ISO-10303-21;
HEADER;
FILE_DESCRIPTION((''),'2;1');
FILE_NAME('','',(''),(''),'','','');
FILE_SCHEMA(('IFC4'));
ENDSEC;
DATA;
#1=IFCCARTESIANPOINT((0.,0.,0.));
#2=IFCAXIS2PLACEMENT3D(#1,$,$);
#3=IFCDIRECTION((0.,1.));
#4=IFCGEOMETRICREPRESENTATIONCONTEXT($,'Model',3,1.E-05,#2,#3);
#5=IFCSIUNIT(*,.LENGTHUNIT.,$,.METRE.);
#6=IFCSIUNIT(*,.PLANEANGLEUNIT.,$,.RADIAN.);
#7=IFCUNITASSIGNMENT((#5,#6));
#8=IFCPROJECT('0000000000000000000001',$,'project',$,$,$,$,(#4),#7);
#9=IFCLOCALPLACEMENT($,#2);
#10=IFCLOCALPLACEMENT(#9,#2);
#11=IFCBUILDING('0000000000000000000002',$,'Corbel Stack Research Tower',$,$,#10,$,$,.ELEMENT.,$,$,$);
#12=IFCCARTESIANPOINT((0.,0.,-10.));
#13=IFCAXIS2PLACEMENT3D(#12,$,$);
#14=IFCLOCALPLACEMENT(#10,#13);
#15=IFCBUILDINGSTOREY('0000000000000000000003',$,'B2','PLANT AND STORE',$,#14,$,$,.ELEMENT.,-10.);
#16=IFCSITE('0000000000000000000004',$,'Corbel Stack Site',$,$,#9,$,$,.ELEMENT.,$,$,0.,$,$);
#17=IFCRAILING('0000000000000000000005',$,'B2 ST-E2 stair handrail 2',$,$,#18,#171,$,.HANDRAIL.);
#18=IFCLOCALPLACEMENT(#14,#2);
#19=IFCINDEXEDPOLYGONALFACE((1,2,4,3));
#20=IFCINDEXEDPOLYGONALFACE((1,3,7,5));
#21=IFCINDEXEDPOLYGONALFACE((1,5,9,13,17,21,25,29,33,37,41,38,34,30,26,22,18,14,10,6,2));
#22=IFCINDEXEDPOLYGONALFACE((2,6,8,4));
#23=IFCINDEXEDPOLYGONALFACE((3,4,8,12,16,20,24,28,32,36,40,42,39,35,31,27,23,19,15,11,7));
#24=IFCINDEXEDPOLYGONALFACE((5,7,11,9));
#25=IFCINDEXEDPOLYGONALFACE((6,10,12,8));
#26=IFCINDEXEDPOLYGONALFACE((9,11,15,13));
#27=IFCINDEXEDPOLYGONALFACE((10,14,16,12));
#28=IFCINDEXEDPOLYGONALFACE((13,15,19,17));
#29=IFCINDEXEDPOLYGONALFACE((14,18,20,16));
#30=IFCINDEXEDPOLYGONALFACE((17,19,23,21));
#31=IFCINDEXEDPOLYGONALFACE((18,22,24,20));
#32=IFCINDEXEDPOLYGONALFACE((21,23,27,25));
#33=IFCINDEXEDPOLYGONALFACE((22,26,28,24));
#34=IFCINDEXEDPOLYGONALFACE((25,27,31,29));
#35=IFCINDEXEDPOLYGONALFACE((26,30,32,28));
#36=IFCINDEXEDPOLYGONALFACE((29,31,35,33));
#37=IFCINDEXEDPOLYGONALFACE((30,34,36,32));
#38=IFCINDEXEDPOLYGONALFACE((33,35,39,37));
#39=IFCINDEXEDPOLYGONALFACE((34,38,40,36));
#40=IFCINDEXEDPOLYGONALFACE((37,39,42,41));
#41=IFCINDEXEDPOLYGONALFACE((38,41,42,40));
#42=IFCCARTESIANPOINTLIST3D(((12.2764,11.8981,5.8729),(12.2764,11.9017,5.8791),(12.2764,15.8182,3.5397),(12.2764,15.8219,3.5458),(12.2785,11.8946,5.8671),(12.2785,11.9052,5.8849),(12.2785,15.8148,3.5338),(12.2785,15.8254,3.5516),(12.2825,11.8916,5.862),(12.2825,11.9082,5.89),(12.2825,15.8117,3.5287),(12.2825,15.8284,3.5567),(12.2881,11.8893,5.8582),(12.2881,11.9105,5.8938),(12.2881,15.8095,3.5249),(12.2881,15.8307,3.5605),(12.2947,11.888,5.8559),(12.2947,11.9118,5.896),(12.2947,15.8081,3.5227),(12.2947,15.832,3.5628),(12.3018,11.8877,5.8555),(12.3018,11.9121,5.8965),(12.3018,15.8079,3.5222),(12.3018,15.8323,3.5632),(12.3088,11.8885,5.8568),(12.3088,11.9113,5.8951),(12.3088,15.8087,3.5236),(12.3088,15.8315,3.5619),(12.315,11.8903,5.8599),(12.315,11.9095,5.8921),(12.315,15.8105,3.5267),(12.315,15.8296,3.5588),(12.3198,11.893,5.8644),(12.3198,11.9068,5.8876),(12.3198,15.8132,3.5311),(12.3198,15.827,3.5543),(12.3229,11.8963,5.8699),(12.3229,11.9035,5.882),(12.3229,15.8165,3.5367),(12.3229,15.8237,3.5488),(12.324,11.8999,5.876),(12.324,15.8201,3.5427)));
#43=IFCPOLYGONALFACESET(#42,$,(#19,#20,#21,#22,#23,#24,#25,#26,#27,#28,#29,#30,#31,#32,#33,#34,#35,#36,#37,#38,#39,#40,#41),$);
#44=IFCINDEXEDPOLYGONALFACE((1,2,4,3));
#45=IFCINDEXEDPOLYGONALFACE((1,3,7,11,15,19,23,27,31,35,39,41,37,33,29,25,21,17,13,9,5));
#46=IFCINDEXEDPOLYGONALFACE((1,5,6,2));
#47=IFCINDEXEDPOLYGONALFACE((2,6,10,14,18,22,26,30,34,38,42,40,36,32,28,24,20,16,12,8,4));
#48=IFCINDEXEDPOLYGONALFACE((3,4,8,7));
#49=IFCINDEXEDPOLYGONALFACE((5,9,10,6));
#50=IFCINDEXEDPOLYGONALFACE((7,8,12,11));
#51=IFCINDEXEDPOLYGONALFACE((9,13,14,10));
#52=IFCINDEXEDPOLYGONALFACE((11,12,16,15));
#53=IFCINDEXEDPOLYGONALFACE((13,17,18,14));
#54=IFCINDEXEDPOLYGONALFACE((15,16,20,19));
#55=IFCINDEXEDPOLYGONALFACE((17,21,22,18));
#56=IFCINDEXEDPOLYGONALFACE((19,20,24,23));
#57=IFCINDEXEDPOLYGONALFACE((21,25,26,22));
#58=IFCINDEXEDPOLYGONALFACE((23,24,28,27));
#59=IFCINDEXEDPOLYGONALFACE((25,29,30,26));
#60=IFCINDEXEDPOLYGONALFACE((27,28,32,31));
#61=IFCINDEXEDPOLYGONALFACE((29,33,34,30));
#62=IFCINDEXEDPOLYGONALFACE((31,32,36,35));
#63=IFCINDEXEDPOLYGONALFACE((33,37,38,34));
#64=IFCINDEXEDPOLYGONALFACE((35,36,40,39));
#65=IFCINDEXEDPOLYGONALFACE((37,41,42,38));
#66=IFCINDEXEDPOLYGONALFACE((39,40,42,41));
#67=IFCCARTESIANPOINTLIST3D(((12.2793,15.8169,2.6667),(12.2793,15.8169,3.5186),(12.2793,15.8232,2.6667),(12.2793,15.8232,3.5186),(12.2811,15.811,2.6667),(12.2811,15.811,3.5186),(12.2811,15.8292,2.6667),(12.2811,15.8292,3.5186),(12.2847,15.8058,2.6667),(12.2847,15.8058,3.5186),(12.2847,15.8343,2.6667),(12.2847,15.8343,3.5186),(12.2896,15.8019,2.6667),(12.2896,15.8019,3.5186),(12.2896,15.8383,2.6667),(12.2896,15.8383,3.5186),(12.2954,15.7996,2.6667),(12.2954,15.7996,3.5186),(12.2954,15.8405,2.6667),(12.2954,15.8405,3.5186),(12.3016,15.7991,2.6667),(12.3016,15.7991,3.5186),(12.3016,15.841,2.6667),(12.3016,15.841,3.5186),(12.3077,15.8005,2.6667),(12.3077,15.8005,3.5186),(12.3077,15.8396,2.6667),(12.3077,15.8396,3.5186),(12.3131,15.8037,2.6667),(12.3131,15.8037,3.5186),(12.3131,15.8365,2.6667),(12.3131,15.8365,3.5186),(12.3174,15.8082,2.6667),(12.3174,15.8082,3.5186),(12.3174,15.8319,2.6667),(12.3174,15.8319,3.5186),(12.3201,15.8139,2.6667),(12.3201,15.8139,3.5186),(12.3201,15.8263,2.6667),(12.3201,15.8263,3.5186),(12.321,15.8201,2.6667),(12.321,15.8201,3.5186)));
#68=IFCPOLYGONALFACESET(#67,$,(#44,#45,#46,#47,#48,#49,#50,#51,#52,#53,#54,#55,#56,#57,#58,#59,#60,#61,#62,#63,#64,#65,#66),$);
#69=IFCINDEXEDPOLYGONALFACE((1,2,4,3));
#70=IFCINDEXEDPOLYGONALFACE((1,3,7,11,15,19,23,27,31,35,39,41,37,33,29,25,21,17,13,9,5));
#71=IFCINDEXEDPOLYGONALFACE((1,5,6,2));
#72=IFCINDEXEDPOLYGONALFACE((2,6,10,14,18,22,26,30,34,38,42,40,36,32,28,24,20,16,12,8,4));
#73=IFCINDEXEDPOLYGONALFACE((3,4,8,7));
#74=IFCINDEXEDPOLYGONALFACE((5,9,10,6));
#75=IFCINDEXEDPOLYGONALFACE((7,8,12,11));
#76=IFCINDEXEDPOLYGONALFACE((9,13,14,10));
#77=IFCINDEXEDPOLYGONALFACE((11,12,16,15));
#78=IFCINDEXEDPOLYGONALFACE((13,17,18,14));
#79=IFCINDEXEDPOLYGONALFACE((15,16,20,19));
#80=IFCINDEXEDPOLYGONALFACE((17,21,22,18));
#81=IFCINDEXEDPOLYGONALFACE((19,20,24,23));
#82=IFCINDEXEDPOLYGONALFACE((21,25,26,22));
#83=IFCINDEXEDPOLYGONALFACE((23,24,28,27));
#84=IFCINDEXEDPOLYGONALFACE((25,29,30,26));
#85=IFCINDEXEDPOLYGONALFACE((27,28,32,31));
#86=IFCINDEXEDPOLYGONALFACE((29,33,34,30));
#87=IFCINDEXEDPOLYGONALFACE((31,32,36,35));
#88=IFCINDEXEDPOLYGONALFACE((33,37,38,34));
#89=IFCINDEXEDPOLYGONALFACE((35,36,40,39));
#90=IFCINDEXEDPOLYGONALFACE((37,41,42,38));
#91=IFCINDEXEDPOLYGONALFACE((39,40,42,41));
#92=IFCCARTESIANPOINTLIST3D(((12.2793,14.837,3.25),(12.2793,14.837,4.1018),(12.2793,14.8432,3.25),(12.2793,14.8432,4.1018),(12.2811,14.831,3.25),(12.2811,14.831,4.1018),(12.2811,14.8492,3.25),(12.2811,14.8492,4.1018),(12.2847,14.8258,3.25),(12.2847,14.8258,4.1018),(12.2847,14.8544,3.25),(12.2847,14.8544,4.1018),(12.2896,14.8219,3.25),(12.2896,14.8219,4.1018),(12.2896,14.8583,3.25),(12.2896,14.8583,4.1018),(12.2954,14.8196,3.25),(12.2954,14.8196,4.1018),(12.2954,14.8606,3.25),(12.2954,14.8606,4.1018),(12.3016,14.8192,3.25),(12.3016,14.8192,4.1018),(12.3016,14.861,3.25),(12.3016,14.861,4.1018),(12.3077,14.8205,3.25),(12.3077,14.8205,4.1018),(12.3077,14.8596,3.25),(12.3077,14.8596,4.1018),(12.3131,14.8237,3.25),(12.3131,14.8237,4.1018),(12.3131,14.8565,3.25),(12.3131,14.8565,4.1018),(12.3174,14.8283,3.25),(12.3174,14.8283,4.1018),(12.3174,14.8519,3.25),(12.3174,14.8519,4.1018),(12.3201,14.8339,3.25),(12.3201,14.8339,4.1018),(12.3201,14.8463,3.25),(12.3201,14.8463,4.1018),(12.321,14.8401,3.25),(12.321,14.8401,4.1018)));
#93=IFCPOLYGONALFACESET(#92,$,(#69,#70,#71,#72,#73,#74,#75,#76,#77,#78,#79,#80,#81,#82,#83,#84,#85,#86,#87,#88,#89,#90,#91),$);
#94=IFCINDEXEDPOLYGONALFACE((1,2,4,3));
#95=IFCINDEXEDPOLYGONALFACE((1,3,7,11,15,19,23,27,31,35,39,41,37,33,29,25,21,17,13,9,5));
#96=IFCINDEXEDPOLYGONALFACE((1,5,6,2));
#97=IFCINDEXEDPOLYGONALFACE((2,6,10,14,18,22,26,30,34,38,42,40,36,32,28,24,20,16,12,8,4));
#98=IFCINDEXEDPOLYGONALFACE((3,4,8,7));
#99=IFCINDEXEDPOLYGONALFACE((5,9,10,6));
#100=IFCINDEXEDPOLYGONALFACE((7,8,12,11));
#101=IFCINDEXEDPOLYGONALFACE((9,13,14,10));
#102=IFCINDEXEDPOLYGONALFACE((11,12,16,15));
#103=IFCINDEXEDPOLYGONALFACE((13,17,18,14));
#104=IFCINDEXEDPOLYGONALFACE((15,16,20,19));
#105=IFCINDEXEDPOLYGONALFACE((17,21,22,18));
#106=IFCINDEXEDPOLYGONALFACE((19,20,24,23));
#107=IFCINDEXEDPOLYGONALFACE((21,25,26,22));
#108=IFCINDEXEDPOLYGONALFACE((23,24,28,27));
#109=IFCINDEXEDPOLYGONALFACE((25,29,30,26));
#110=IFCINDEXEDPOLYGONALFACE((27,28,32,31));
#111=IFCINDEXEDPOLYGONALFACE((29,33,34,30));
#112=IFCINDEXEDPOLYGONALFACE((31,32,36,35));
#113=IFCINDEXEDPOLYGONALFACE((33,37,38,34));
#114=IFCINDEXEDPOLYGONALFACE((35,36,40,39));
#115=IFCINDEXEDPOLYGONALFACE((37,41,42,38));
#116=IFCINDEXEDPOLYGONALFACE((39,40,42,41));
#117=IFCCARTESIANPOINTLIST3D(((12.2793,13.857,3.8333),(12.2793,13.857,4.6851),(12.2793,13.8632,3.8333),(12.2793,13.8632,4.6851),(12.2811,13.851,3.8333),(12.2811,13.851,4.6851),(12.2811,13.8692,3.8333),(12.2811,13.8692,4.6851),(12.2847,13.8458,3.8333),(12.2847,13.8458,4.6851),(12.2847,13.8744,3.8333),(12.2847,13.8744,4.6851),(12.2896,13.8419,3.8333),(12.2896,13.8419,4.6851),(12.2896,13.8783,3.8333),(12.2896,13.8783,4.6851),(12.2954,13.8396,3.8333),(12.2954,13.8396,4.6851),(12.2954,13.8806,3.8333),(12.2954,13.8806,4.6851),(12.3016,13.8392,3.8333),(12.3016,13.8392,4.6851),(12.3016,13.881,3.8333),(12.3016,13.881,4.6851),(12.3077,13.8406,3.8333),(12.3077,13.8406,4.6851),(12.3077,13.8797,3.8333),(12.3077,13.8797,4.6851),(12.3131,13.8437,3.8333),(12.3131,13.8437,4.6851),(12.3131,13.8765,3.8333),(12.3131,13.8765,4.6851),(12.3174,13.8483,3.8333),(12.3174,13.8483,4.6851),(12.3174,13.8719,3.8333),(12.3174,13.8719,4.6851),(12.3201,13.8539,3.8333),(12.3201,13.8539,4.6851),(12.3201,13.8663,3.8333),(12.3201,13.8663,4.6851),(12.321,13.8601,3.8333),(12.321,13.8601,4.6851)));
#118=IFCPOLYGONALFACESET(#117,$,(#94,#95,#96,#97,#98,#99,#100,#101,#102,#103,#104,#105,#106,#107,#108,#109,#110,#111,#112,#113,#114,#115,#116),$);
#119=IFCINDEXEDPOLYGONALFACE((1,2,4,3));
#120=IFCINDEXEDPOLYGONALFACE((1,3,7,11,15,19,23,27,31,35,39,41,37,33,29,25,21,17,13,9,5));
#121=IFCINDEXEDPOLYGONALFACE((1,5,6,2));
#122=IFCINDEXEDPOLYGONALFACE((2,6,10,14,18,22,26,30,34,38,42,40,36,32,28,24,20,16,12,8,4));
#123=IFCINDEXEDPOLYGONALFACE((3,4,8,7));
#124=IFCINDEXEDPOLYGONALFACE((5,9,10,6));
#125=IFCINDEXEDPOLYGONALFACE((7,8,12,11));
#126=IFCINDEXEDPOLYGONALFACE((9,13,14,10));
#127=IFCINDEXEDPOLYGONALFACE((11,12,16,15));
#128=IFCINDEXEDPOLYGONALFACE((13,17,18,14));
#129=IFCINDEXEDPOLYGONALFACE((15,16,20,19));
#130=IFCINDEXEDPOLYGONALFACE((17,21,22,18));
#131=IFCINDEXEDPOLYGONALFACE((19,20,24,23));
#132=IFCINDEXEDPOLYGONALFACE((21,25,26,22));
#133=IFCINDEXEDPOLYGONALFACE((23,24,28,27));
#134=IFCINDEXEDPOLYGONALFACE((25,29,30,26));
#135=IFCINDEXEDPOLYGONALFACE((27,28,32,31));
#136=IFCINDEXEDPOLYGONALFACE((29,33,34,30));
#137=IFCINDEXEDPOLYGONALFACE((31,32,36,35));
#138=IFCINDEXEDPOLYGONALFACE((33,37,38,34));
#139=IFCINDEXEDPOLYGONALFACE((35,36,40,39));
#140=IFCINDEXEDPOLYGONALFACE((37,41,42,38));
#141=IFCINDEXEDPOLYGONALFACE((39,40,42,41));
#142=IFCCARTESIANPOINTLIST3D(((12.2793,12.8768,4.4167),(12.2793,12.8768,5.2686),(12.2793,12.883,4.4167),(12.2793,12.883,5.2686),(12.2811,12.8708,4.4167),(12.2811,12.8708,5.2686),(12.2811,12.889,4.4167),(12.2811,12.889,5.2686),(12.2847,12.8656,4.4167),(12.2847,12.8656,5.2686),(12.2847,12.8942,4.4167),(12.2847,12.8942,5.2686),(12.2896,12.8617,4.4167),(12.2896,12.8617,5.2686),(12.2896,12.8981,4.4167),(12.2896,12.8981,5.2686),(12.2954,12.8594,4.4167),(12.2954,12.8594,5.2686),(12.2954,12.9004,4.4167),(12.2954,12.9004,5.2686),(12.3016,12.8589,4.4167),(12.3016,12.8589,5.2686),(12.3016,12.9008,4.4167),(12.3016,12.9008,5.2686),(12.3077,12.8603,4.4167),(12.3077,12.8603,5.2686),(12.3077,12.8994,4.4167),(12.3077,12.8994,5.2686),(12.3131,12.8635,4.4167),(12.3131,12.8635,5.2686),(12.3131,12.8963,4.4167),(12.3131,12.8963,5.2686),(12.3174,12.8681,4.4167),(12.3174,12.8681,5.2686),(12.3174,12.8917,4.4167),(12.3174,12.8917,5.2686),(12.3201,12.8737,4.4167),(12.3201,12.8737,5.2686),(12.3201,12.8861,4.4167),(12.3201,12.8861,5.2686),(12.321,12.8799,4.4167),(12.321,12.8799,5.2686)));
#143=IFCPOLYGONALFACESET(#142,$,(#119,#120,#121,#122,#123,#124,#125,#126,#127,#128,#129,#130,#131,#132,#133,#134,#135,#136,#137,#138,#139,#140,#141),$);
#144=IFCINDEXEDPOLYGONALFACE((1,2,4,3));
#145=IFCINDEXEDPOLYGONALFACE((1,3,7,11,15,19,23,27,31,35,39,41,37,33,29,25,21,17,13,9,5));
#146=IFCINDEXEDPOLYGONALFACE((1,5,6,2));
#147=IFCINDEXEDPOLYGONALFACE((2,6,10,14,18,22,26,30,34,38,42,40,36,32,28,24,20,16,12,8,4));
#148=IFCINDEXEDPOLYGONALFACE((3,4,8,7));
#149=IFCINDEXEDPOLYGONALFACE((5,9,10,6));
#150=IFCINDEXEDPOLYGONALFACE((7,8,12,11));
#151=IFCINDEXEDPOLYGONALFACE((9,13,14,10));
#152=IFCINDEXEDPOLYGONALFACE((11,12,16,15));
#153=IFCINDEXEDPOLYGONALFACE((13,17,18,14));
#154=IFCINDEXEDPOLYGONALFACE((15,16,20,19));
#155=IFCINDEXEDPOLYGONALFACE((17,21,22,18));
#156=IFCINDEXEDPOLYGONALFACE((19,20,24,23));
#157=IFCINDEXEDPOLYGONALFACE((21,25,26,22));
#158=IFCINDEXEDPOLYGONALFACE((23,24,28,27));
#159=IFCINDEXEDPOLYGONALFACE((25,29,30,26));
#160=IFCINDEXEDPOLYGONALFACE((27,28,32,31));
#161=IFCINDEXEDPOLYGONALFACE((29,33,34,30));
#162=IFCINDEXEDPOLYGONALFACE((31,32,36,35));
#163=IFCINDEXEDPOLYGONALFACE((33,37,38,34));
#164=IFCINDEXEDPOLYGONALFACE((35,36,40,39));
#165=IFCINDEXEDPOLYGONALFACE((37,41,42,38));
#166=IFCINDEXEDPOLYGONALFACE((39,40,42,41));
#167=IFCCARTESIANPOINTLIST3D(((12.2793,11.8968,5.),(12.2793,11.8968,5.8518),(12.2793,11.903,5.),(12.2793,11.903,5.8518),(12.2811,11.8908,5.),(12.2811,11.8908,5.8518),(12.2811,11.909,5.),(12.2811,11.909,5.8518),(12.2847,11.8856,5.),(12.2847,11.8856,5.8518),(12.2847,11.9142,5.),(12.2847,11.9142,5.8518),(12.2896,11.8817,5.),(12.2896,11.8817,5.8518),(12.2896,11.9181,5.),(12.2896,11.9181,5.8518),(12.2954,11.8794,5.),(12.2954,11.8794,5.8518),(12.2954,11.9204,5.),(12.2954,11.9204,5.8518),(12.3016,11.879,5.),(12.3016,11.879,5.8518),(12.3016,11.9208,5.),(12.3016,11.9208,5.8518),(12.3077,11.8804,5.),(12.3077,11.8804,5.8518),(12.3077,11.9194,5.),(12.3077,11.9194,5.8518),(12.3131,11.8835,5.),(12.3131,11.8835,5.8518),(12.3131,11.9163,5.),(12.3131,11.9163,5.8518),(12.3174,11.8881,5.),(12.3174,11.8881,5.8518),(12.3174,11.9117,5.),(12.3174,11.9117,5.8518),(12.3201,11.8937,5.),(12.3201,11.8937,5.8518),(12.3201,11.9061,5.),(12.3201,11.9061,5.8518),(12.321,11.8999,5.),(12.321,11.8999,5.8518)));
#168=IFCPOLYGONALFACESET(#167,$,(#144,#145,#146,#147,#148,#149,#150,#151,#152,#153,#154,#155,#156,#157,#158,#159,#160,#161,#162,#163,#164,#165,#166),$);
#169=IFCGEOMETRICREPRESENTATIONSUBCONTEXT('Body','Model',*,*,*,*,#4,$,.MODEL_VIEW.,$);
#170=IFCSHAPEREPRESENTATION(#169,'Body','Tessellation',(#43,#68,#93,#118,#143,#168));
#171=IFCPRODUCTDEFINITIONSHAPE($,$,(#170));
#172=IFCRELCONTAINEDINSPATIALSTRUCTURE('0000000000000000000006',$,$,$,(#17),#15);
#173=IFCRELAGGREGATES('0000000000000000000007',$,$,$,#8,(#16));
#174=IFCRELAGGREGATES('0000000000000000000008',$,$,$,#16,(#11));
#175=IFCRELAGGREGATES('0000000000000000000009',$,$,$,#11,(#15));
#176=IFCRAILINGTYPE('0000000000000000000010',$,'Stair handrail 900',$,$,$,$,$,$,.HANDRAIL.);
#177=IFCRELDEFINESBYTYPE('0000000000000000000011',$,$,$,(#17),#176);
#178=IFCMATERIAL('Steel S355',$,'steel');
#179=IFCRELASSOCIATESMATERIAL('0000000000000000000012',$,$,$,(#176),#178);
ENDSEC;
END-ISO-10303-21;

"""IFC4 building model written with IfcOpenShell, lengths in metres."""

from ifc_helpers import new_model, si_unit, direction, frame, origin, origin_2d, place, context, subcontext, project, spatial, circle, extrude, material, type_object, element, save


model = new_model("IFC4")

# Units and contexts
model_context = context("Model", 3, precision=1e-05, world=origin(), true_north=direction((0.0, 1.0)))
body_context = subcontext(model_context, "Body", "Model", "MODEL_VIEW")
ifc_project = project(units=[si_unit("LENGTHUNIT", "METRE"), si_unit("PLANEANGLEUNIT", "RADIAN")], contexts=[model_context])

# Site, building, storey
site_placement = place(None, origin())
site = spatial("IfcSite", under=ifc_project, at=site_placement, Name="Corbel Stack Site", CompositionType="ELEMENT", RefElevation=0.0)
building_placement = place(site_placement, origin())
building = spatial("IfcBuilding", under=site, at=building_placement, Name="Corbel Stack Research Tower", CompositionType="ELEMENT")
storey_placement = place(building_placement, frame((0.0, 0.0, -10.0)))
storey = spatial("IfcBuildingStorey", under=building, at=storey_placement, Name="B2", Description="PLANT AND STORE", CompositionType="ELEMENT", Elevation=-10.0)

# Railing
ifc_material_1 = material(Name="Steel S355", Category="steel")
railing_type_1 = type_object("IfcRailingType", Name="Stair handrail 900", PredefinedType="HANDRAIL", material=ifc_material_1)
railing_1_placement = place(storey_placement, frame((12.3, 15.8201, 2.6667)))
element("IfcRailing", 1, at=railing_1_placement, inside=storey, type_object=railing_type_1, Name="B2 ST-E2 stair handrail 2", PredefinedType="HANDRAIL", context=body_context, shape_type="SweptSolid", body=[
    extrude(circle(Radius=0.0239, at=origin_2d()), frame((0.0, 0.0, 0.876), z_axis=(0.0, -0.85931, 0.511455), x_axis=(1.0, 0.0, 0.0)), (0.0, 0.0, 1.0), 4.562),
    extrude(circle(Radius=0.021, at=origin_2d()), origin(), (0.0, 0.0, 1.0), 0.8518),
    extrude(circle(Radius=0.021, at=origin_2d()), frame((0.0, -0.98, 0.5833)), (0.0, 0.0, 1.0), 0.8518),
    extrude(circle(Radius=0.021, at=origin_2d()), frame((0.0, -1.96, 1.1665)), (0.0, 0.0, 1.0), 0.8518),
    extrude(circle(Radius=0.021, at=origin_2d()), frame((0.0, -2.9402, 1.75)), (0.0, 0.0, 1.0), 0.8518),
    extrude(circle(Radius=0.021, at=origin_2d()), frame((0.0, -3.9202, 2.3333)), (0.0, 0.0, 1.0), 0.8518),
])

save(model, "model.ifc")
